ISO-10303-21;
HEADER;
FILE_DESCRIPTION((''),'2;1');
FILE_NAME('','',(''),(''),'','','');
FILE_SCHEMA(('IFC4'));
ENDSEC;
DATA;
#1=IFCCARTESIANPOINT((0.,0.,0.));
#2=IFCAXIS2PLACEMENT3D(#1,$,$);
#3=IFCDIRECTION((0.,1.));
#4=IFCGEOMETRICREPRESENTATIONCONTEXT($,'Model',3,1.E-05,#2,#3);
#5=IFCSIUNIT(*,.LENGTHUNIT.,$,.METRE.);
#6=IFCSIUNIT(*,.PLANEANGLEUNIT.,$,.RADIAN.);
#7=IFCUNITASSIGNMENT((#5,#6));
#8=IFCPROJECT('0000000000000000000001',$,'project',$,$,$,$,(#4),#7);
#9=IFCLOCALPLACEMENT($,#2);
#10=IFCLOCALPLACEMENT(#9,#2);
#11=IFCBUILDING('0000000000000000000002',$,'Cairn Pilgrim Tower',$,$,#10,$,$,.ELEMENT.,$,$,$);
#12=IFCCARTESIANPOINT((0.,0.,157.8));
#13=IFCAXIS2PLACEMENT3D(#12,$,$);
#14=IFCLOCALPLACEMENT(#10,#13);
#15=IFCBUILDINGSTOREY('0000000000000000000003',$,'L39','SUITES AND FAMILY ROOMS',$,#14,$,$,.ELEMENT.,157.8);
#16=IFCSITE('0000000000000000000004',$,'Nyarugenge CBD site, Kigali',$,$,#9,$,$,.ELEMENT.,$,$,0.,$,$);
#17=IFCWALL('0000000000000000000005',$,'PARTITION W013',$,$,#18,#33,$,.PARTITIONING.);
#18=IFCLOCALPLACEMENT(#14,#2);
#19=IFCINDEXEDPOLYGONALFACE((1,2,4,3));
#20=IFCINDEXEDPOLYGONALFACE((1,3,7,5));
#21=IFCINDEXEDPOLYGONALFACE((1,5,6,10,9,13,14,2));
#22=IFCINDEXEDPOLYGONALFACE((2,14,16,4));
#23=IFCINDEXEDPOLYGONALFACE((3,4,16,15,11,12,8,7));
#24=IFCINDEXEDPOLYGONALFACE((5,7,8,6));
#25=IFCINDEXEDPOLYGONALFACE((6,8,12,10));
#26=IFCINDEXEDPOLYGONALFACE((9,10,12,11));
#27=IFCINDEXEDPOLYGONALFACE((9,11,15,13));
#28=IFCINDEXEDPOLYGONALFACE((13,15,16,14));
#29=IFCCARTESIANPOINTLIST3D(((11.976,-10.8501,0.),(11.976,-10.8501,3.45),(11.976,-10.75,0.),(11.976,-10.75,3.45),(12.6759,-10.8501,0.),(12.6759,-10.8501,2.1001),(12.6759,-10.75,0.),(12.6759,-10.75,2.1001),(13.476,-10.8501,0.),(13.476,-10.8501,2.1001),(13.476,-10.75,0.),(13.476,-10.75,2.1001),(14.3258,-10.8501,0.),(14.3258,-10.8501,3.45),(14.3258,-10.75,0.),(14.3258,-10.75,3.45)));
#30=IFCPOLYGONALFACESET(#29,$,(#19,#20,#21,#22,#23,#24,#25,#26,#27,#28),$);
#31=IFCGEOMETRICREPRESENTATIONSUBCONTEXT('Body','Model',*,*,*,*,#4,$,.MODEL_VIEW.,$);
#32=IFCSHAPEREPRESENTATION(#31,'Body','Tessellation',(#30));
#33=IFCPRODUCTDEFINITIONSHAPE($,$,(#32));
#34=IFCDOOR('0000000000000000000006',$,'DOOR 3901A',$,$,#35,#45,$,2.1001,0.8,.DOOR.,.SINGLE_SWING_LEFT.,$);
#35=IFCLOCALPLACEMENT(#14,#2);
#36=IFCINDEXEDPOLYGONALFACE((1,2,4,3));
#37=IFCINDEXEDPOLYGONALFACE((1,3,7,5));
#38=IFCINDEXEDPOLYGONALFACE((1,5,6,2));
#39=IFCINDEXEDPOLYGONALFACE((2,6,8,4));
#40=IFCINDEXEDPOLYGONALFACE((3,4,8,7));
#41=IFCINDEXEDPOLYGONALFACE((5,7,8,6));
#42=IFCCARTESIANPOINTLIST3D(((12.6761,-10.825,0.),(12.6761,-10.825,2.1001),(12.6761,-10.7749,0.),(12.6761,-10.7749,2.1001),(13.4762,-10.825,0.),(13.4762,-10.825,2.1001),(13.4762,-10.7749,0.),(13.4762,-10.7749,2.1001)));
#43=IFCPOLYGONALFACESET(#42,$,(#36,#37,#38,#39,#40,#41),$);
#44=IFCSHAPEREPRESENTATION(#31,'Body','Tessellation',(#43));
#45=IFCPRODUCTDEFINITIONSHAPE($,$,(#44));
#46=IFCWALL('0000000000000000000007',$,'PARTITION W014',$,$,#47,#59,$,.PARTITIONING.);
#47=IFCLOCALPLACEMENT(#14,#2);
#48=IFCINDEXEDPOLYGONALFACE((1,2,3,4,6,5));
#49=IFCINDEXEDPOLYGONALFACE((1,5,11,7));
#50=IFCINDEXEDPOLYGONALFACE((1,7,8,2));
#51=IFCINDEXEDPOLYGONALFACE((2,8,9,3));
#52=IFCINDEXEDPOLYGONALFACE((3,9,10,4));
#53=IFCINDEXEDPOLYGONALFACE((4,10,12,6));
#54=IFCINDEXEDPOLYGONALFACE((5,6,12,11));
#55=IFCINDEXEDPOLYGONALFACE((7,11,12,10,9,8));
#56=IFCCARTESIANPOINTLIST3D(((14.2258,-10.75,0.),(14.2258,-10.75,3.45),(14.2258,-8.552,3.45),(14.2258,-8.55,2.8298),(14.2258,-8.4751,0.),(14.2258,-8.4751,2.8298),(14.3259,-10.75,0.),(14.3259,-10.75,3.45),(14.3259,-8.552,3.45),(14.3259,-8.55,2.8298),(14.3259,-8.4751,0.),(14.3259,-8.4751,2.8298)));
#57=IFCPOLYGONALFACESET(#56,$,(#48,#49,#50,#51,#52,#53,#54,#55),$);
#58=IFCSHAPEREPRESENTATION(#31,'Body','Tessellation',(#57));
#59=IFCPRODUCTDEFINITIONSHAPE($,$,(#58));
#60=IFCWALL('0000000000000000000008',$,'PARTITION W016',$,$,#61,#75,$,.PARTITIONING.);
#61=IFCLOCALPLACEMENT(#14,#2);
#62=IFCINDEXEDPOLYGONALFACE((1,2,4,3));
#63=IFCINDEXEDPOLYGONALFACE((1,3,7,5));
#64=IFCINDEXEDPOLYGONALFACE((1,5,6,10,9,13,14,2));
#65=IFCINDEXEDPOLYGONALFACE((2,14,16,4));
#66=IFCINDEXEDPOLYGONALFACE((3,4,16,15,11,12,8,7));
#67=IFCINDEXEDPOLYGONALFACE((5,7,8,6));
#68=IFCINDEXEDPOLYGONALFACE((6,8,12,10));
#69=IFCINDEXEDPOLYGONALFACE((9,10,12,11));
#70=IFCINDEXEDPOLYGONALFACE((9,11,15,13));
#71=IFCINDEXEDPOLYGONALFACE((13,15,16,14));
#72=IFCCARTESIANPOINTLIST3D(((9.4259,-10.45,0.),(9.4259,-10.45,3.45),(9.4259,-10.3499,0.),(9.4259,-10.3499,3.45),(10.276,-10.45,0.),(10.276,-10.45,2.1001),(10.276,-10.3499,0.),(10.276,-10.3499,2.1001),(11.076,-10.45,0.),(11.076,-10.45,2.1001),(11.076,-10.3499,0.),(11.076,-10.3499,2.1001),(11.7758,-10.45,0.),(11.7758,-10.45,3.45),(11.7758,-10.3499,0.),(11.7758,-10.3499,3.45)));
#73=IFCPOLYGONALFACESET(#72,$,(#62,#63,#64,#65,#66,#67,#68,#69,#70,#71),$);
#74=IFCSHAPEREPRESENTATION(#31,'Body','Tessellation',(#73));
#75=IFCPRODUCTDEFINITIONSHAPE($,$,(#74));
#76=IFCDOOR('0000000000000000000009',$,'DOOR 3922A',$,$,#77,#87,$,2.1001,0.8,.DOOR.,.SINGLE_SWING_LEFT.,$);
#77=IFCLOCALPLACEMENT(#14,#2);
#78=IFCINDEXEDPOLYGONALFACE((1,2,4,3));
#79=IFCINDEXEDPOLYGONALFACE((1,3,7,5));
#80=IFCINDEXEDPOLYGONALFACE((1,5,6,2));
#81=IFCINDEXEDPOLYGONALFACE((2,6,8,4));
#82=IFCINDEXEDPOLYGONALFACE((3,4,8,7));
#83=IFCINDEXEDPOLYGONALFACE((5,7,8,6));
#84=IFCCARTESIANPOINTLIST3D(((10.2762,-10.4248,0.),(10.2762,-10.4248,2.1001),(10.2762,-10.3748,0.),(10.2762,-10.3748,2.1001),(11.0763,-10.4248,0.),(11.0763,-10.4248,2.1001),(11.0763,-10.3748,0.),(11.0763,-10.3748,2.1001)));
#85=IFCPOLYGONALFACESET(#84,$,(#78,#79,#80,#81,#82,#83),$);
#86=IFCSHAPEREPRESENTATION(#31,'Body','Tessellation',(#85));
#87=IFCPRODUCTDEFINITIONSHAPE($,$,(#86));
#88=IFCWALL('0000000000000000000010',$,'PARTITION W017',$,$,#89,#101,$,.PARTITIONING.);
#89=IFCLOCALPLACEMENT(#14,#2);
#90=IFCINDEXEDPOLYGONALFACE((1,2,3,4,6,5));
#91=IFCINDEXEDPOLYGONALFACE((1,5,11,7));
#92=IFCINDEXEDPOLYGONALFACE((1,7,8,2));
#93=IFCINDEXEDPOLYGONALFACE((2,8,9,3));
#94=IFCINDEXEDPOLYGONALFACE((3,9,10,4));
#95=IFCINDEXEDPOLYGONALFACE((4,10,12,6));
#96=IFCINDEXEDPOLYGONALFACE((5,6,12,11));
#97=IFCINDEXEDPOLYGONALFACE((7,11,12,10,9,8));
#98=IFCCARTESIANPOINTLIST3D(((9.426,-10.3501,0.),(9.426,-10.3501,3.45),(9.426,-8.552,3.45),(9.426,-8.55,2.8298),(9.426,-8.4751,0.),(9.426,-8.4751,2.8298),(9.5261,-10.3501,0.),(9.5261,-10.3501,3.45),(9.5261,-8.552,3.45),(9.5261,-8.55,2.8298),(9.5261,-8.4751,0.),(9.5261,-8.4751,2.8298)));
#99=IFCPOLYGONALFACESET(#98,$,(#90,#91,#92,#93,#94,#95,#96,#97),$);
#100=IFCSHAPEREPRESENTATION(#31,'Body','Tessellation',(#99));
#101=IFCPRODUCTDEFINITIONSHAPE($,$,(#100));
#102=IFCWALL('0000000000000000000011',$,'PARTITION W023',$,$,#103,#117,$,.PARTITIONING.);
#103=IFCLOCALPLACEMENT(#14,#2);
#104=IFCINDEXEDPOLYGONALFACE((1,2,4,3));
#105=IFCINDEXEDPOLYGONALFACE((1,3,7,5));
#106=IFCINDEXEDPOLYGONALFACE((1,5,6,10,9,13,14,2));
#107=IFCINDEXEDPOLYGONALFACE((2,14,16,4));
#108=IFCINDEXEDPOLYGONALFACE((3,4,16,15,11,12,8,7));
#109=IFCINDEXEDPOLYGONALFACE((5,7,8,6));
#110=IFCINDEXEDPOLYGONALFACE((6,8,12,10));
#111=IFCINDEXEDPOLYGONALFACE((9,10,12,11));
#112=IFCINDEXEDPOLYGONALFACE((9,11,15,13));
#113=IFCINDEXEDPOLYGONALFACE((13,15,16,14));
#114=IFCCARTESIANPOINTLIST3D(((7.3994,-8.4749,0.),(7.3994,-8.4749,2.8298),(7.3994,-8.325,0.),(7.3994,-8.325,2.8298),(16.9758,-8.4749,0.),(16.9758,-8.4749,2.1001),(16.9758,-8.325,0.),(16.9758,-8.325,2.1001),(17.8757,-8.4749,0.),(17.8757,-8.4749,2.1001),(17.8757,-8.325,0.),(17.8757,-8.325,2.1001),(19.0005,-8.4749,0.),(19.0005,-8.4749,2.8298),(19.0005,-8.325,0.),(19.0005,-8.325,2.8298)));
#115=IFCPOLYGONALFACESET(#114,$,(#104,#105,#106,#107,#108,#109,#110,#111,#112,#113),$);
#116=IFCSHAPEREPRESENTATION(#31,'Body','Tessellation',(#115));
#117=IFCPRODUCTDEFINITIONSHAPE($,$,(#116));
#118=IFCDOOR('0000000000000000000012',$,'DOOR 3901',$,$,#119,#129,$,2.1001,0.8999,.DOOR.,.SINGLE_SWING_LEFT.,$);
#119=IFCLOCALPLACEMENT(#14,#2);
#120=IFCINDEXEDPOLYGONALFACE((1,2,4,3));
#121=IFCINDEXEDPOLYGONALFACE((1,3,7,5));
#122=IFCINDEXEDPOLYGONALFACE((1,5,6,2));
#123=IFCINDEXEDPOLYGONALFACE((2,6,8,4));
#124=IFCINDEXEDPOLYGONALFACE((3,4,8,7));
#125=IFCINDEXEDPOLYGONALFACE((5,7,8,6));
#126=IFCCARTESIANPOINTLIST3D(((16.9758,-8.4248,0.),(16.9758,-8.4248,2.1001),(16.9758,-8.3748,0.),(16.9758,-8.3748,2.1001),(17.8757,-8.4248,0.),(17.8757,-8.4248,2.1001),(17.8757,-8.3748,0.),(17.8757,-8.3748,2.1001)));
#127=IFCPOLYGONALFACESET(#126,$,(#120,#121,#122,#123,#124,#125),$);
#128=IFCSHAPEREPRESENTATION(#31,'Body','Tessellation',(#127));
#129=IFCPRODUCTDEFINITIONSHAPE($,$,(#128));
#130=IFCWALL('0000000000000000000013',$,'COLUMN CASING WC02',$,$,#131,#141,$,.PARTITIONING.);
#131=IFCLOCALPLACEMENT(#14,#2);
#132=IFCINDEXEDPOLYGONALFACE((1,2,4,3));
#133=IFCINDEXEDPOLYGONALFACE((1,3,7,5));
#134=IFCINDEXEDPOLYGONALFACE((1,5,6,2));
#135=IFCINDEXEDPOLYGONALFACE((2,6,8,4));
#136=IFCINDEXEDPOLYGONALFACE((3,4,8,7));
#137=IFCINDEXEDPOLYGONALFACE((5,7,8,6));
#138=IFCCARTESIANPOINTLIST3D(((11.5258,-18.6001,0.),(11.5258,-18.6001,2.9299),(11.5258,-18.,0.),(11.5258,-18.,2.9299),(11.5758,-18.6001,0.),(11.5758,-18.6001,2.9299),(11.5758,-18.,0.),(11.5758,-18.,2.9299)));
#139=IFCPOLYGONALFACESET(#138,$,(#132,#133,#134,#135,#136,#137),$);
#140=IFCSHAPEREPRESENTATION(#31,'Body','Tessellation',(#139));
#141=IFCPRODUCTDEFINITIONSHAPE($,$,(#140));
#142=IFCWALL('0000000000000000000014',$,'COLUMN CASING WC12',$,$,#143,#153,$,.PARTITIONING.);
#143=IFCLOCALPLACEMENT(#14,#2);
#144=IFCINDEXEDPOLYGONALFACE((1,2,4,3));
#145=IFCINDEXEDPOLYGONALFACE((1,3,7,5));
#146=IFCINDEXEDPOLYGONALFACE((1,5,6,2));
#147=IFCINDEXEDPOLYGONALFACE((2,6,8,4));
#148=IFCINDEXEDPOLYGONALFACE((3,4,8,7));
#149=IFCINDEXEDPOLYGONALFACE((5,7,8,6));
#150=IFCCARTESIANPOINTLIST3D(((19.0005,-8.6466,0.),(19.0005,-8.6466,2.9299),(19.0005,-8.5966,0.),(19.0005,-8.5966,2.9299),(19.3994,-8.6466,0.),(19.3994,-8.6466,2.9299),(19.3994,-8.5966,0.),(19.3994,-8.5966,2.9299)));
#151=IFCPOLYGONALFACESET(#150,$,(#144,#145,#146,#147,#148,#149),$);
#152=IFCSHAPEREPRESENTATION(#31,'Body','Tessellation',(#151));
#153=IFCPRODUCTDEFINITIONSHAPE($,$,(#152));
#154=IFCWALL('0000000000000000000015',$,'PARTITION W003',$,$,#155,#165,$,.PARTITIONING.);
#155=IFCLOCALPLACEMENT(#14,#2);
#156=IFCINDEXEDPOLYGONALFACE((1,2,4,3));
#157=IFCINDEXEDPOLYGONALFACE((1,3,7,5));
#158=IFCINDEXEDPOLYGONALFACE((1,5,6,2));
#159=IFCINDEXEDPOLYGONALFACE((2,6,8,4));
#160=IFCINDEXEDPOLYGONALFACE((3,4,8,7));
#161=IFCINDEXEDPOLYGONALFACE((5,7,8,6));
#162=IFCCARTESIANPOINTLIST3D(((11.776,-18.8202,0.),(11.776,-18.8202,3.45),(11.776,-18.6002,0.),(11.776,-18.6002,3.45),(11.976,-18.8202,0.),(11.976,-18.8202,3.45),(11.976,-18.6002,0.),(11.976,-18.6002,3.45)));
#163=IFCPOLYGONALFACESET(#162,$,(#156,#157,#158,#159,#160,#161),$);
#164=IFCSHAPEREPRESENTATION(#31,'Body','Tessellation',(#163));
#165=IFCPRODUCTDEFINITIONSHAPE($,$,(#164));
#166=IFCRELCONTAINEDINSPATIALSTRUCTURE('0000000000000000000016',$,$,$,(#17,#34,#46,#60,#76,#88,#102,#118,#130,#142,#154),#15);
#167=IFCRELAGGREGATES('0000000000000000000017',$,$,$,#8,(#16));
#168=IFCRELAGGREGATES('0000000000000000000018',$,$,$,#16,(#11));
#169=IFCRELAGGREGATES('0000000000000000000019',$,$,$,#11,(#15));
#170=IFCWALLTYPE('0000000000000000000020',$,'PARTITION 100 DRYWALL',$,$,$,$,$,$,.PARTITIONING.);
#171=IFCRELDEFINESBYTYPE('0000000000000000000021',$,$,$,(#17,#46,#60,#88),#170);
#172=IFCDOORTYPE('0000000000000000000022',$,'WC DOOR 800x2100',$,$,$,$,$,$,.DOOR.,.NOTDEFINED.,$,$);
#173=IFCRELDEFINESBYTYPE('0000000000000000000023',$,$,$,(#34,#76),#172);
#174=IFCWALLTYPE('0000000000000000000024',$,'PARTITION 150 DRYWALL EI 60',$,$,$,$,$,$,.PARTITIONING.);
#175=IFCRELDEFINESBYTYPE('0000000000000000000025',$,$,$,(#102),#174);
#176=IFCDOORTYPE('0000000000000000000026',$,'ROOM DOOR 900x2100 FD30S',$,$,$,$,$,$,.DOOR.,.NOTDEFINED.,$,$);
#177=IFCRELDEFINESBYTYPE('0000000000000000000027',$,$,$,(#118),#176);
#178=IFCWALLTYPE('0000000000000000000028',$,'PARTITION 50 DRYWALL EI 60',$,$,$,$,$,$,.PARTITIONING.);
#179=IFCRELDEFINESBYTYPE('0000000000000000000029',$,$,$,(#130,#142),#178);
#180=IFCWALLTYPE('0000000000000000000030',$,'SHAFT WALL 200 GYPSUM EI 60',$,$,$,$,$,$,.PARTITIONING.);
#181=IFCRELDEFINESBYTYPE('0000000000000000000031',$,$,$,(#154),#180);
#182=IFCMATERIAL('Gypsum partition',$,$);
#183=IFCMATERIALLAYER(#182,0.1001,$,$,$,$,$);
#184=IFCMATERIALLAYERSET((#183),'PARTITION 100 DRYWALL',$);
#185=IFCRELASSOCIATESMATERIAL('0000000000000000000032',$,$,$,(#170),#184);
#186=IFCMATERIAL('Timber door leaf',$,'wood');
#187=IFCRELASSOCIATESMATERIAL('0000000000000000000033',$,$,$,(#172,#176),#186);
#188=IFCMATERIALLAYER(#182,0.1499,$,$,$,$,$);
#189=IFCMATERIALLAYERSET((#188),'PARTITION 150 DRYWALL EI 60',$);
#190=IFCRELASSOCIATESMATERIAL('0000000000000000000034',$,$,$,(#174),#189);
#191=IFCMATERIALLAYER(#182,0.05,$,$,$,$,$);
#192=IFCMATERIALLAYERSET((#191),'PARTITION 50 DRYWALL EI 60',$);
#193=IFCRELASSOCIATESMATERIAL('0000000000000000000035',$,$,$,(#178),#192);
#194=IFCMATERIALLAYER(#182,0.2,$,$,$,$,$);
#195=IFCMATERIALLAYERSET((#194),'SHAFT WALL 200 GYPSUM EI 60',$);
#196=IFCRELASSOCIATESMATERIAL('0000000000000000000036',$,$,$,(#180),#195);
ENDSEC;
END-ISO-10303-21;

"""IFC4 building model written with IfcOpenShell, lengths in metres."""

from ifc_helpers import new_model, si_unit, direction, frame, frame_2d, origin, place, context, subcontext, project, spatial, polyline, rectangle, outline, extrude, material, layer, layer_set, type_object, element, fill, save


model = new_model("IFC4")

# Units and contexts
model_context = context("Model", 3, precision=1e-05, world=origin(), true_north=direction((0.0, 1.0)))
body_context = subcontext(model_context, "Body", "Model", "MODEL_VIEW")
ifc_project = project(units=[si_unit("LENGTHUNIT", "METRE"), si_unit("PLANEANGLEUNIT", "RADIAN")], contexts=[model_context])

# Site, building, storey
site_placement = place(None, origin())
site = spatial("IfcSite", under=ifc_project, at=site_placement, Name="Nyarugenge CBD site, Kigali", CompositionType="ELEMENT", RefElevation=0.0)
building_placement = place(site_placement, origin())
building = spatial("IfcBuilding", under=site, at=building_placement, Name="Cairn Pilgrim Tower", CompositionType="ELEMENT")
storey_placement = place(building_placement, frame((0.0, 0.0, 157.8)))
storey = spatial("IfcBuildingStorey", under=building, at=storey_placement, Name="L39", Description="SUITES AND FAMILY ROOMS", CompositionType="ELEMENT", Elevation=157.8)

# Wall, opening, door
ifc_material_1 = material(Name="Gypsum partition")
ifc_layer_1 = layer(ifc_material_1, 0.1001)
ifc_layer_set_1 = layer_set([ifc_layer_1], Name="PARTITION 100 DRYWALL")
wall_type_1 = type_object("IfcWallType", Name="PARTITION 100 DRYWALL", PredefinedType="PARTITIONING", material=ifc_layer_set_1)
wall_1_placement = place(storey_placement, frame((11.9761, -10.8, 0.0), z_axis=(0.0, 0.0, 1.0), x_axis=(1.0, 0.0, 0.0)))
wall_1 = element("IfcWall", 1, at=wall_1_placement, inside=storey, type_object=wall_type_1, Name="PARTITION W013", PredefinedType="PARTITIONING", context=body_context, shape_type="SweptSolid", body=[
    extrude(rectangle(XDim=2.3499, YDim=0.1001, at=frame_2d((1.1748, 0.0))), origin(), (0.0, 0.0, 1.0), 3.45),
])
opening_1_placement = place(wall_1_placement, frame((0.7, 0.0, 0.0)))
opening_1 = element("IfcOpeningElement", 2, at=opening_1_placement, cuts=wall_1, PredefinedType="OPENING", context=body_context, shape_type="SweptSolid", body=[
    extrude(rectangle(XDim=0.8, YDim=2.1001, at=frame_2d((0.3999, 1.05))), frame((0.0, 0.0601, 0.0), z_axis=(0.0, -1.0, 0.0), x_axis=(1.0, 0.0, 0.0)), (0.0, 0.0, 1.0), 0.1201),
])
ifc_material_2 = material(Name="Timber door leaf", Category="wood")
door_type_1 = type_object("IfcDoorType", Name="WC DOOR 800x2100", OperationType="NOTDEFINED", PredefinedType="DOOR", material=ifc_material_2)
door_1_placement = place(opening_1_placement, frame((0.8, 0.0, 0.0), z_axis=(0.0, 0.0, 1.0), x_axis=(-1.0, 0.0, 0.0)))
door_1 = element("IfcDoor", 3, at=door_1_placement, inside=storey, type_object=door_type_1, Name="DOOR 3901A", OperationType="SINGLE_SWING_LEFT", OverallHeight=2.1001, OverallWidth=0.8, PredefinedType="DOOR", context=body_context, shape_type="SweptSolid", body=[
    extrude(rectangle(XDim=0.8, YDim=2.1001, at=frame_2d((0.3999, 1.05))), frame((0.0, 0.0249, 0.0), z_axis=(0.0, -1.0, 0.0), x_axis=(1.0, 0.0, 0.0)), (0.0, 0.0, 1.0), 0.05),
])
fill(opening_1, door_1)

# Wall
wall_2_placement = place(storey_placement, frame((14.2759, -10.75, 0.0), z_axis=(0.0, 0.0, 1.0), x_axis=(0.0, 1.0, 0.0)))
element("IfcWall", 4, at=wall_2_placement, inside=storey, type_object=wall_type_1, Name="PARTITION W014", PredefinedType="PARTITIONING", context=body_context, shape_type="SweptSolid", body=[
    extrude(outline(polyline([(0.0, 0.0), (2.2749, 0.0), (2.2749, 2.8298), (2.2, 2.8298), (2.198, 3.45), (0.0, 3.45), (0.0, 0.0)])), frame((0.0, 0.05, 0.0), z_axis=(0.0, -1.0, 0.0), x_axis=(1.0, 0.0, 0.0)), (0.0, 0.0, 1.0), 0.1001),
])

# Wall, opening, door
wall_3_placement = place(storey_placement, frame((9.426, -10.3999, 0.0), z_axis=(0.0, 0.0, 1.0), x_axis=(1.0, 0.0, 0.0)))
wall_3 = element("IfcWall", 5, at=wall_3_placement, inside=storey, type_object=wall_type_1, Name="PARTITION W016", PredefinedType="PARTITIONING", context=body_context, shape_type="SweptSolid", body=[
    extrude(rectangle(XDim=2.3499, YDim=0.1001, at=frame_2d((1.1748, 0.0))), origin(), (0.0, 0.0, 1.0), 3.45),
])
opening_2_placement = place(wall_3_placement, frame((0.8501, 0.0, 0.0)))
opening_2 = element("IfcOpeningElement", 6, at=opening_2_placement, cuts=wall_3, PredefinedType="OPENING", context=body_context, shape_type="SweptSolid", body=[
    extrude(rectangle(XDim=0.8, YDim=2.1001, at=frame_2d((0.3999, 1.05))), frame((0.0, 0.0601, 0.0), z_axis=(0.0, -1.0, 0.0), x_axis=(1.0, 0.0, 0.0)), (0.0, 0.0, 1.0), 0.1201),
])
door_2_placement = place(opening_2_placement, frame((0.8, 0.0, 0.0), z_axis=(0.0, 0.0, 1.0), x_axis=(-1.0, 0.0, 0.0)))
door_2 = element("IfcDoor", 7, at=door_2_placement, inside=storey, type_object=door_type_1, Name="DOOR 3922A", OperationType="SINGLE_SWING_LEFT", OverallHeight=2.1001, OverallWidth=0.8, PredefinedType="DOOR", context=body_context, shape_type="SweptSolid", body=[
    extrude(rectangle(XDim=0.8, YDim=2.1001, at=frame_2d((0.3999, 1.05))), frame((0.0, 0.0249, 0.0), z_axis=(0.0, -1.0, 0.0), x_axis=(1.0, 0.0, 0.0)), (0.0, 0.0, 1.0), 0.05),
])
fill(opening_2, door_2)

# Wall
wall_4_placement = place(storey_placement, frame((9.4761, -10.3501, 0.0), z_axis=(0.0, 0.0, 1.0), x_axis=(0.0, 1.0, 0.0)))
element("IfcWall", 8, at=wall_4_placement, inside=storey, type_object=wall_type_1, Name="PARTITION W017", PredefinedType="PARTITIONING", context=body_context, shape_type="SweptSolid", body=[
    extrude(outline(polyline([(0.0, 0.0), (1.875, 0.0), (1.875, 2.8298), (1.8, 2.8298), (1.7981, 3.45), (0.0, 3.45), (0.0, 0.0)])), frame((0.0, 0.05, 0.0), z_axis=(0.0, -1.0, 0.0), x_axis=(1.0, 0.0, 0.0)), (0.0, 0.0, 1.0), 0.1001),
])

# Wall, opening, door
ifc_layer_2 = layer(ifc_material_1, 0.1499)
ifc_layer_set_2 = layer_set([ifc_layer_2], Name="PARTITION 150 DRYWALL EI 60")
wall_type_2 = type_object("IfcWallType", Name="PARTITION 150 DRYWALL EI 60", PredefinedType="PARTITIONING", material=ifc_layer_set_2)
wall_5_placement = place(storey_placement, frame((7.3994, -8.3999, 0.0), z_axis=(0.0, 0.0, 1.0), x_axis=(1.0, 0.0, 0.0)))
wall_5 = element("IfcWall", 9, at=wall_5_placement, inside=storey, type_object=wall_type_2, Name="PARTITION W023", PredefinedType="PARTITIONING", context=body_context, shape_type="SweptSolid", body=[
    extrude(rectangle(XDim=11.6011, YDim=0.1499, at=frame_2d((5.8005, 0.0))), origin(), (0.0, 0.0, 1.0), 2.8298),
])
opening_3_placement = place(wall_5_placement, frame((9.5764, 0.0, 0.0)))
opening_3 = element("IfcOpeningElement", 10, at=opening_3_placement, cuts=wall_5, PredefinedType="OPENING", context=body_context, shape_type="SweptSolid", body=[
    extrude(rectangle(XDim=0.8999, YDim=2.1001, at=frame_2d((0.45, 1.05))), frame((0.0, 0.085, 0.0), z_axis=(0.0, -1.0, 0.0), x_axis=(1.0, 0.0, 0.0)), (0.0, 0.0, 1.0), 0.1699),
])
door_type_2 = type_object("IfcDoorType", Name="ROOM DOOR 900x2100 FD30S", OperationType="NOTDEFINED", PredefinedType="DOOR", material=ifc_material_2)
door_3_placement = place(opening_3_placement, frame((0.8999, 0.0, 0.0), z_axis=(0.0, 0.0, 1.0), x_axis=(-1.0, 0.0, 0.0)))
door_3 = element("IfcDoor", 11, at=door_3_placement, inside=storey, type_object=door_type_2, Name="DOOR 3901", OperationType="SINGLE_SWING_LEFT", OverallHeight=2.1001, OverallWidth=0.8999, PredefinedType="DOOR", context=body_context, shape_type="SweptSolid", body=[
    extrude(rectangle(XDim=0.8999, YDim=2.1001, at=frame_2d((0.45, 1.05))), frame((0.0, 0.0249, 0.0), z_axis=(0.0, -1.0, 0.0), x_axis=(1.0, 0.0, 0.0)), (0.0, 0.0, 1.0), 0.05),
])
fill(opening_3, door_3)

# Walls
ifc_layer_3 = layer(ifc_material_1, 0.05)
ifc_layer_set_3 = layer_set([ifc_layer_3], Name="PARTITION 50 DRYWALL EI 60")
wall_type_3 = type_object("IfcWallType", Name="PARTITION 50 DRYWALL EI 60", PredefinedType="PARTITIONING", material=ifc_layer_set_3)
wall_6_placement = place(storey_placement, frame((11.5508, -18.6001, 0.0), z_axis=(0.0, 0.0, 1.0), x_axis=(0.0, 1.0, 0.0)))
element("IfcWall", 12, at=wall_6_placement, inside=storey, type_object=wall_type_3, Name="COLUMN CASING WC02", PredefinedType="PARTITIONING", context=body_context, shape_type="SweptSolid", body=[
    extrude(rectangle(XDim=0.6001, YDim=0.05, at=frame_2d((0.3, 0.0))), origin(), (0.0, 0.0, 1.0), 2.9299),
])
wall_7_placement = place(storey_placement, frame((19.0005, -8.6216, 0.0), z_axis=(0.0, 0.0, 1.0), x_axis=(1.0, 0.0, 0.0)))
element("IfcWall", 13, at=wall_7_placement, inside=storey, type_object=wall_type_3, Name="COLUMN CASING WC12", PredefinedType="PARTITIONING", context=body_context, shape_type="SweptSolid", body=[
    extrude(rectangle(XDim=0.3989, YDim=0.05, at=frame_2d((0.1995, 0.0))), origin(), (0.0, 0.0, 1.0), 2.9299),
])
ifc_layer_4 = layer(ifc_material_1, 0.2)
ifc_layer_set_4 = layer_set([ifc_layer_4], Name="SHAFT WALL 200 GYPSUM EI 60")
wall_type_4 = type_object("IfcWallType", Name="SHAFT WALL 200 GYPSUM EI 60", PredefinedType="PARTITIONING", material=ifc_layer_set_4)
wall_8_placement = place(storey_placement, frame((11.876, -18.8201, 0.0), z_axis=(0.0, 0.0, 1.0), x_axis=(0.0, 1.0, 0.0)))
element("IfcWall", 14, at=wall_8_placement, inside=storey, type_object=wall_type_4, Name="PARTITION W003", PredefinedType="PARTITIONING", context=body_context, shape_type="SweptSolid", body=[
    extrude(rectangle(XDim=0.22, YDim=0.2, at=frame_2d((0.1099, 0.0))), origin(), (0.0, 0.0, 1.0), 3.45),
])

save(model, "model.ifc")
